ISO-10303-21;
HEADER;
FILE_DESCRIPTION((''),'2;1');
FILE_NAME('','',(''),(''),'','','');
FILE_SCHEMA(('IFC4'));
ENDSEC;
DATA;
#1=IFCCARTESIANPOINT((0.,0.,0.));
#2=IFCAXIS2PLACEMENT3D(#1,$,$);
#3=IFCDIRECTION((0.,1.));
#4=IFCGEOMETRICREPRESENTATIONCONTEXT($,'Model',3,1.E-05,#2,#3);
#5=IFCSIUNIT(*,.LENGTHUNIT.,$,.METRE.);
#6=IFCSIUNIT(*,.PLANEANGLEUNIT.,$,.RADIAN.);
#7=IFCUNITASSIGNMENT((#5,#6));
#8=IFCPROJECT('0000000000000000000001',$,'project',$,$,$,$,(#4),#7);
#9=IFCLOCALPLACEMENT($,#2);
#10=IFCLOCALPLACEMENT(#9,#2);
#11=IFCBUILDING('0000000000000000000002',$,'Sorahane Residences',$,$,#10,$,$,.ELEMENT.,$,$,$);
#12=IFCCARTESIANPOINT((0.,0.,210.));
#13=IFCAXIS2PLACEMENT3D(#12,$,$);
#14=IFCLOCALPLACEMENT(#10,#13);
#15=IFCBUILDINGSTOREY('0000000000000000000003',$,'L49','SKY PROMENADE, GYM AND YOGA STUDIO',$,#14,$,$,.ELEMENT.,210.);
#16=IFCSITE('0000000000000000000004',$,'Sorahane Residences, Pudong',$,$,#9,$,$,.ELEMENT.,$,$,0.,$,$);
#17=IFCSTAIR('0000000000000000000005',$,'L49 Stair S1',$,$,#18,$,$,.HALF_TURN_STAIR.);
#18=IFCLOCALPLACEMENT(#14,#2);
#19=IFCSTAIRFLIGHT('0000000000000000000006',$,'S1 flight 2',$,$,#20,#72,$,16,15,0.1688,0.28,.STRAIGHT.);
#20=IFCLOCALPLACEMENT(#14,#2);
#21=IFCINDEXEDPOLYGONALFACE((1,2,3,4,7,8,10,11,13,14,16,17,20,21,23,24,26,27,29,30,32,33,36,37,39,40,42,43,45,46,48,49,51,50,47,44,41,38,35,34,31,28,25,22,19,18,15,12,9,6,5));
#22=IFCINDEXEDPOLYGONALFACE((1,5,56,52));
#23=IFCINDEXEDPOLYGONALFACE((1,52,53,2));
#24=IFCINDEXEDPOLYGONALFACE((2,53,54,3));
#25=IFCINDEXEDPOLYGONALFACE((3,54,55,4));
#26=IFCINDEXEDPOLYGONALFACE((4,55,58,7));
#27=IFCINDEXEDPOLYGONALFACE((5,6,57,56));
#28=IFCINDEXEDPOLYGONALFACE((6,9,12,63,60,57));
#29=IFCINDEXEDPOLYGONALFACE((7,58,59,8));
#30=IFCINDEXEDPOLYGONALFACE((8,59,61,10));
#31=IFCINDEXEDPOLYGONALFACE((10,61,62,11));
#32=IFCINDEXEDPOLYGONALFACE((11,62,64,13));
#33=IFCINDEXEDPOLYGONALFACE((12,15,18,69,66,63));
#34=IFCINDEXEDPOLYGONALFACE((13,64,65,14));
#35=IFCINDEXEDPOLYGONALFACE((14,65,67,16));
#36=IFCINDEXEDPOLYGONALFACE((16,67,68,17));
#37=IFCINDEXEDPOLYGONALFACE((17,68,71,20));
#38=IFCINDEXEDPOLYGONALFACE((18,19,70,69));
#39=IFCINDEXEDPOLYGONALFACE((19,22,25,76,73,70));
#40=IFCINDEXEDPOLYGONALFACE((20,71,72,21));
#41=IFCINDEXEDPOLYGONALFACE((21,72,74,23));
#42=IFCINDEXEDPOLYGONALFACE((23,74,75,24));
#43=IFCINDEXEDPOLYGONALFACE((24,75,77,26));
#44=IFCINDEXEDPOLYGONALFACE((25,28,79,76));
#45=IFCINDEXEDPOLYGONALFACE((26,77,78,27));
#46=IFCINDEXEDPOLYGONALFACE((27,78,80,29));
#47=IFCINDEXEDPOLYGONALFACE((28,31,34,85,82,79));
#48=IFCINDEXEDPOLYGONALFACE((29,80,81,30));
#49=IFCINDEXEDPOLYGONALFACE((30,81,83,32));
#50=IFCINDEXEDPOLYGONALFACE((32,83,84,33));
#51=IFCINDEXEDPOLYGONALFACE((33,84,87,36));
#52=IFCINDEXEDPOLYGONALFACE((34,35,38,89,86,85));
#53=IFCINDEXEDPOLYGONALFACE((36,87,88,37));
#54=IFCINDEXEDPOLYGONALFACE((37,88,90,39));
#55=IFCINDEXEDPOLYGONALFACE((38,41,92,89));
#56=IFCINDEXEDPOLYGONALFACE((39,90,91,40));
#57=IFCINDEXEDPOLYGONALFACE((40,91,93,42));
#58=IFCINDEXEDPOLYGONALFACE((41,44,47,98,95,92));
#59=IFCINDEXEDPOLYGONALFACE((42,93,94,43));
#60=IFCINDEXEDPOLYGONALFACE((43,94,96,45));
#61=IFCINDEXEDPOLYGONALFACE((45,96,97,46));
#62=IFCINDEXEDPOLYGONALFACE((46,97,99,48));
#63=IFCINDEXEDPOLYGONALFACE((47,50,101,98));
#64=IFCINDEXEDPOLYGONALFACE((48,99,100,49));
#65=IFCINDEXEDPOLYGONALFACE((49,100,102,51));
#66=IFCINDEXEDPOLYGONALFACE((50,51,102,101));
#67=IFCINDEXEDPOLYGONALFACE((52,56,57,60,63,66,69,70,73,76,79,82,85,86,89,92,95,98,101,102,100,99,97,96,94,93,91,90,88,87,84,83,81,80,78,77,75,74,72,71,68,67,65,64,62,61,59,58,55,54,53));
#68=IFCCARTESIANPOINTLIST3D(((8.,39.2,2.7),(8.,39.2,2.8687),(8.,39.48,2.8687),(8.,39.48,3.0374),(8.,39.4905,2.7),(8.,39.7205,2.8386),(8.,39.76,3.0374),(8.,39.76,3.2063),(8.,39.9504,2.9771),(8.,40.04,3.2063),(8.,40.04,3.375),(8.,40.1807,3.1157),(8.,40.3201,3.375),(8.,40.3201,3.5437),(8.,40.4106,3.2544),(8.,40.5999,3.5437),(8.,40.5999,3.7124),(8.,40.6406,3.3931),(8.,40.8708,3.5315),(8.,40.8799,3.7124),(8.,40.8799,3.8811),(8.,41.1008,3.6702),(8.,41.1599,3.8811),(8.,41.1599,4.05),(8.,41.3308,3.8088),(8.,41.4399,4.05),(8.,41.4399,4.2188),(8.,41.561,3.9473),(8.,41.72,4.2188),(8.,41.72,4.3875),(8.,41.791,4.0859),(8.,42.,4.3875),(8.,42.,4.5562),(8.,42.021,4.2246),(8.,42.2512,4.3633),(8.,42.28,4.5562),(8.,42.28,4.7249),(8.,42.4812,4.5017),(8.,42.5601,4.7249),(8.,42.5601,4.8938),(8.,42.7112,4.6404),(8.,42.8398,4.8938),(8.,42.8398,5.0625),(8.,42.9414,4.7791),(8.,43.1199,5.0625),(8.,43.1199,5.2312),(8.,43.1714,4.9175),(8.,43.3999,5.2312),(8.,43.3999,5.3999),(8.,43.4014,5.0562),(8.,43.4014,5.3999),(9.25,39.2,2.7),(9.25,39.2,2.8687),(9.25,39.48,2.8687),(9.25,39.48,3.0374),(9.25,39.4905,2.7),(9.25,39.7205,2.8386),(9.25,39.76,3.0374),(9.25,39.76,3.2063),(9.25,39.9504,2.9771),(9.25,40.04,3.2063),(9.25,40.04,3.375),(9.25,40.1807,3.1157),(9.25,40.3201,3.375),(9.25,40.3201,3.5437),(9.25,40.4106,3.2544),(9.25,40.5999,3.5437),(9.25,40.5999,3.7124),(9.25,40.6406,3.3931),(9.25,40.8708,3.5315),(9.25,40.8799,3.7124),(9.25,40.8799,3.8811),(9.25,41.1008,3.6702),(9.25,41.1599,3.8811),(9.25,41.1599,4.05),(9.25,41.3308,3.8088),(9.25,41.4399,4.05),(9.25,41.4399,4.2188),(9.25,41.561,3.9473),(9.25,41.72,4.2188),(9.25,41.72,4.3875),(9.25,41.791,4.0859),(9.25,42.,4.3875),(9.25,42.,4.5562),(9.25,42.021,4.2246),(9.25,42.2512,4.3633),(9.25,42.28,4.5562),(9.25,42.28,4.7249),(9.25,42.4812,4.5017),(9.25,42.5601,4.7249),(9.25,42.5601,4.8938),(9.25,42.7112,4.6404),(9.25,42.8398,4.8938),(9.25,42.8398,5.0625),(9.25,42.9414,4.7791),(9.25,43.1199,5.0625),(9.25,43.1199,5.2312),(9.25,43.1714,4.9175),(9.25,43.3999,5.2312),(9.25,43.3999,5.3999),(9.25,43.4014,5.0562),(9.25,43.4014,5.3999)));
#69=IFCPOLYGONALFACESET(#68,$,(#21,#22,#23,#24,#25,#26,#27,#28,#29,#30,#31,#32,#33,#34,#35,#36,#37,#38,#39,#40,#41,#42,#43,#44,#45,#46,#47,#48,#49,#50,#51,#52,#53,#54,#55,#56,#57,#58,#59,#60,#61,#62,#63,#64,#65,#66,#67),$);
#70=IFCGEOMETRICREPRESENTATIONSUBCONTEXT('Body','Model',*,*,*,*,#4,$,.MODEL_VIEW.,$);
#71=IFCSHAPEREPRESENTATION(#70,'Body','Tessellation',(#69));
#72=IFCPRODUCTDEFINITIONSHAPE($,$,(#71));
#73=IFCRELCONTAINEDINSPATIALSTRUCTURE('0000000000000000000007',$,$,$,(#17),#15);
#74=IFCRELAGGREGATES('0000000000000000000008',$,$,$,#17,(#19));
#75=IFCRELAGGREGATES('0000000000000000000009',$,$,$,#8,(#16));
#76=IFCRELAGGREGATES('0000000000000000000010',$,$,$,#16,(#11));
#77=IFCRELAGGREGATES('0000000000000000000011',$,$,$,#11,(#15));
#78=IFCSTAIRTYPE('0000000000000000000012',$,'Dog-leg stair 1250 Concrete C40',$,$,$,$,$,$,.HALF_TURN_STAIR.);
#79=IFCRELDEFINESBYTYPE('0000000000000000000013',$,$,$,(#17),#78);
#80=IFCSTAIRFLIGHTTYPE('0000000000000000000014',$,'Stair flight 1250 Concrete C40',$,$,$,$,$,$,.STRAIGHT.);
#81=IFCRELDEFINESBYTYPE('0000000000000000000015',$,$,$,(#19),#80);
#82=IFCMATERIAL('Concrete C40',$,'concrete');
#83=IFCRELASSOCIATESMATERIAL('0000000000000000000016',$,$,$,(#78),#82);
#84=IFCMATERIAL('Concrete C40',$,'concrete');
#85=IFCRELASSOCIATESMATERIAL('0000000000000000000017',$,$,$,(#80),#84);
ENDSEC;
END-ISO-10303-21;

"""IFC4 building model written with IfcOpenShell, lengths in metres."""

from ifc_helpers import new_model, si_unit, direction, frame, origin, place, context, subcontext, project, spatial, polyline, outline, extrude, material, type_object, element, aggregate, save


model = new_model("IFC4")

# Units and contexts
model_context = context("Model", 3, precision=1e-05, world=origin(), true_north=direction((0.0, 1.0)))
body_context = subcontext(model_context, "Body", "Model", "MODEL_VIEW")
ifc_project = project(units=[si_unit("LENGTHUNIT", "METRE"), si_unit("PLANEANGLEUNIT", "RADIAN")], contexts=[model_context])

# Site, building, storey
site_placement = place(None, origin())
site = spatial("IfcSite", under=ifc_project, at=site_placement, Name="Sorahane Residences, Pudong", CompositionType="ELEMENT", RefElevation=0.0)
building_placement = place(site_placement, origin())
building = spatial("IfcBuilding", under=site, at=building_placement, Name="Sorahane Residences", CompositionType="ELEMENT")
storey_placement = place(building_placement, frame((0.0, 0.0, 210.0)))
storey = spatial("IfcBuildingStorey", under=building, at=storey_placement, Name="L49", Description="SKY PROMENADE, GYM AND YOGA STUDIO", CompositionType="ELEMENT", Elevation=210.0)

# Stair, stair flight
ifc_material_1 = material(Name="Concrete C40", Category="concrete")
stair_type = type_object("IfcStairType", Name="Dog-leg stair 1250 Concrete C40", PredefinedType="HALF_TURN_STAIR", material=ifc_material_1)
stair_placement = place(storey_placement, origin())
stair = element("IfcStair", 1, at=stair_placement, inside=storey, type_object=stair_type, Name="L49 Stair S1", PredefinedType="HALF_TURN_STAIR")
ifc_material_2 = material(Name="Concrete C40", Category="concrete")
stair_flight_type = type_object("IfcStairFlightType", Name="Stair flight 1250 Concrete C40", PredefinedType="STRAIGHT", material=ifc_material_2)
stair_flight_1_placement = place(storey_placement, frame((8.625, 39.2, 2.7), z_axis=(0.0, 0.0, 1.0), x_axis=(0.0, 1.0, 0.0)))
stair_flight_1 = element("IfcStairFlight", 2, at=stair_flight_1_placement, type_object=stair_flight_type, Name="S1 flight 2", NumberOfRisers=16, NumberOfTreads=15, PredefinedType="STRAIGHT", RiserHeight=0.1688, TreadLength=0.28, context=body_context, shape_type="SweptSolid", body=[
    extrude(outline(polyline([(0.0, 0.0), (0.0, 0.1687), (0.28, 0.1687), (0.28, 0.3374), (0.5601, 0.3374), (0.5601, 0.5063), (0.8401, 0.5063), (0.8401, 0.675), (1.1201, 0.675), (1.1201, 0.8438), (1.3999, 0.8438), (1.3999, 1.0125), (1.6799, 1.0125), (1.6799, 1.1812), (1.96, 1.1812), (1.96, 1.3501), (2.24, 1.3501), (2.24, 1.5188), (2.52, 1.5188), (2.52, 1.6875), (2.8, 1.6875), (2.8, 1.8562), (3.0801, 1.8562), (3.0801, 2.0249), (3.3601, 2.0249), (3.3601, 2.1938), (3.6399, 2.1938), (3.6399, 2.3625), (3.9199, 2.3625), (3.9199, 2.5312), (4.2, 2.5312), (4.2, 2.7), (4.2014, 2.7), (4.2014, 2.3562), (3.9714, 2.2175), (3.7415, 2.0791), (3.5112, 1.9404), (3.2812, 1.8018), (3.0513, 1.6633), (2.821, 1.5247), (2.5911, 1.386), (2.3611, 1.2473), (2.1309, 1.1089), (1.9009, 0.9702), (1.6709, 0.8315), (1.4407, 0.6931), (1.2107, 0.5544), (0.9807, 0.4158), (0.7505, 0.2771), (0.5205, 0.1387), (0.2905, 0.0), (0.0, 0.0)])), frame((0.0, 0.625, 0.0), z_axis=(0.0, -1.0, 0.0), x_axis=(1.0, 0.0, 0.0)), (0.0, 0.0, 1.0), 1.25),
])
aggregate(stair, [stair_flight_1])

save(model, "model.ifc")
